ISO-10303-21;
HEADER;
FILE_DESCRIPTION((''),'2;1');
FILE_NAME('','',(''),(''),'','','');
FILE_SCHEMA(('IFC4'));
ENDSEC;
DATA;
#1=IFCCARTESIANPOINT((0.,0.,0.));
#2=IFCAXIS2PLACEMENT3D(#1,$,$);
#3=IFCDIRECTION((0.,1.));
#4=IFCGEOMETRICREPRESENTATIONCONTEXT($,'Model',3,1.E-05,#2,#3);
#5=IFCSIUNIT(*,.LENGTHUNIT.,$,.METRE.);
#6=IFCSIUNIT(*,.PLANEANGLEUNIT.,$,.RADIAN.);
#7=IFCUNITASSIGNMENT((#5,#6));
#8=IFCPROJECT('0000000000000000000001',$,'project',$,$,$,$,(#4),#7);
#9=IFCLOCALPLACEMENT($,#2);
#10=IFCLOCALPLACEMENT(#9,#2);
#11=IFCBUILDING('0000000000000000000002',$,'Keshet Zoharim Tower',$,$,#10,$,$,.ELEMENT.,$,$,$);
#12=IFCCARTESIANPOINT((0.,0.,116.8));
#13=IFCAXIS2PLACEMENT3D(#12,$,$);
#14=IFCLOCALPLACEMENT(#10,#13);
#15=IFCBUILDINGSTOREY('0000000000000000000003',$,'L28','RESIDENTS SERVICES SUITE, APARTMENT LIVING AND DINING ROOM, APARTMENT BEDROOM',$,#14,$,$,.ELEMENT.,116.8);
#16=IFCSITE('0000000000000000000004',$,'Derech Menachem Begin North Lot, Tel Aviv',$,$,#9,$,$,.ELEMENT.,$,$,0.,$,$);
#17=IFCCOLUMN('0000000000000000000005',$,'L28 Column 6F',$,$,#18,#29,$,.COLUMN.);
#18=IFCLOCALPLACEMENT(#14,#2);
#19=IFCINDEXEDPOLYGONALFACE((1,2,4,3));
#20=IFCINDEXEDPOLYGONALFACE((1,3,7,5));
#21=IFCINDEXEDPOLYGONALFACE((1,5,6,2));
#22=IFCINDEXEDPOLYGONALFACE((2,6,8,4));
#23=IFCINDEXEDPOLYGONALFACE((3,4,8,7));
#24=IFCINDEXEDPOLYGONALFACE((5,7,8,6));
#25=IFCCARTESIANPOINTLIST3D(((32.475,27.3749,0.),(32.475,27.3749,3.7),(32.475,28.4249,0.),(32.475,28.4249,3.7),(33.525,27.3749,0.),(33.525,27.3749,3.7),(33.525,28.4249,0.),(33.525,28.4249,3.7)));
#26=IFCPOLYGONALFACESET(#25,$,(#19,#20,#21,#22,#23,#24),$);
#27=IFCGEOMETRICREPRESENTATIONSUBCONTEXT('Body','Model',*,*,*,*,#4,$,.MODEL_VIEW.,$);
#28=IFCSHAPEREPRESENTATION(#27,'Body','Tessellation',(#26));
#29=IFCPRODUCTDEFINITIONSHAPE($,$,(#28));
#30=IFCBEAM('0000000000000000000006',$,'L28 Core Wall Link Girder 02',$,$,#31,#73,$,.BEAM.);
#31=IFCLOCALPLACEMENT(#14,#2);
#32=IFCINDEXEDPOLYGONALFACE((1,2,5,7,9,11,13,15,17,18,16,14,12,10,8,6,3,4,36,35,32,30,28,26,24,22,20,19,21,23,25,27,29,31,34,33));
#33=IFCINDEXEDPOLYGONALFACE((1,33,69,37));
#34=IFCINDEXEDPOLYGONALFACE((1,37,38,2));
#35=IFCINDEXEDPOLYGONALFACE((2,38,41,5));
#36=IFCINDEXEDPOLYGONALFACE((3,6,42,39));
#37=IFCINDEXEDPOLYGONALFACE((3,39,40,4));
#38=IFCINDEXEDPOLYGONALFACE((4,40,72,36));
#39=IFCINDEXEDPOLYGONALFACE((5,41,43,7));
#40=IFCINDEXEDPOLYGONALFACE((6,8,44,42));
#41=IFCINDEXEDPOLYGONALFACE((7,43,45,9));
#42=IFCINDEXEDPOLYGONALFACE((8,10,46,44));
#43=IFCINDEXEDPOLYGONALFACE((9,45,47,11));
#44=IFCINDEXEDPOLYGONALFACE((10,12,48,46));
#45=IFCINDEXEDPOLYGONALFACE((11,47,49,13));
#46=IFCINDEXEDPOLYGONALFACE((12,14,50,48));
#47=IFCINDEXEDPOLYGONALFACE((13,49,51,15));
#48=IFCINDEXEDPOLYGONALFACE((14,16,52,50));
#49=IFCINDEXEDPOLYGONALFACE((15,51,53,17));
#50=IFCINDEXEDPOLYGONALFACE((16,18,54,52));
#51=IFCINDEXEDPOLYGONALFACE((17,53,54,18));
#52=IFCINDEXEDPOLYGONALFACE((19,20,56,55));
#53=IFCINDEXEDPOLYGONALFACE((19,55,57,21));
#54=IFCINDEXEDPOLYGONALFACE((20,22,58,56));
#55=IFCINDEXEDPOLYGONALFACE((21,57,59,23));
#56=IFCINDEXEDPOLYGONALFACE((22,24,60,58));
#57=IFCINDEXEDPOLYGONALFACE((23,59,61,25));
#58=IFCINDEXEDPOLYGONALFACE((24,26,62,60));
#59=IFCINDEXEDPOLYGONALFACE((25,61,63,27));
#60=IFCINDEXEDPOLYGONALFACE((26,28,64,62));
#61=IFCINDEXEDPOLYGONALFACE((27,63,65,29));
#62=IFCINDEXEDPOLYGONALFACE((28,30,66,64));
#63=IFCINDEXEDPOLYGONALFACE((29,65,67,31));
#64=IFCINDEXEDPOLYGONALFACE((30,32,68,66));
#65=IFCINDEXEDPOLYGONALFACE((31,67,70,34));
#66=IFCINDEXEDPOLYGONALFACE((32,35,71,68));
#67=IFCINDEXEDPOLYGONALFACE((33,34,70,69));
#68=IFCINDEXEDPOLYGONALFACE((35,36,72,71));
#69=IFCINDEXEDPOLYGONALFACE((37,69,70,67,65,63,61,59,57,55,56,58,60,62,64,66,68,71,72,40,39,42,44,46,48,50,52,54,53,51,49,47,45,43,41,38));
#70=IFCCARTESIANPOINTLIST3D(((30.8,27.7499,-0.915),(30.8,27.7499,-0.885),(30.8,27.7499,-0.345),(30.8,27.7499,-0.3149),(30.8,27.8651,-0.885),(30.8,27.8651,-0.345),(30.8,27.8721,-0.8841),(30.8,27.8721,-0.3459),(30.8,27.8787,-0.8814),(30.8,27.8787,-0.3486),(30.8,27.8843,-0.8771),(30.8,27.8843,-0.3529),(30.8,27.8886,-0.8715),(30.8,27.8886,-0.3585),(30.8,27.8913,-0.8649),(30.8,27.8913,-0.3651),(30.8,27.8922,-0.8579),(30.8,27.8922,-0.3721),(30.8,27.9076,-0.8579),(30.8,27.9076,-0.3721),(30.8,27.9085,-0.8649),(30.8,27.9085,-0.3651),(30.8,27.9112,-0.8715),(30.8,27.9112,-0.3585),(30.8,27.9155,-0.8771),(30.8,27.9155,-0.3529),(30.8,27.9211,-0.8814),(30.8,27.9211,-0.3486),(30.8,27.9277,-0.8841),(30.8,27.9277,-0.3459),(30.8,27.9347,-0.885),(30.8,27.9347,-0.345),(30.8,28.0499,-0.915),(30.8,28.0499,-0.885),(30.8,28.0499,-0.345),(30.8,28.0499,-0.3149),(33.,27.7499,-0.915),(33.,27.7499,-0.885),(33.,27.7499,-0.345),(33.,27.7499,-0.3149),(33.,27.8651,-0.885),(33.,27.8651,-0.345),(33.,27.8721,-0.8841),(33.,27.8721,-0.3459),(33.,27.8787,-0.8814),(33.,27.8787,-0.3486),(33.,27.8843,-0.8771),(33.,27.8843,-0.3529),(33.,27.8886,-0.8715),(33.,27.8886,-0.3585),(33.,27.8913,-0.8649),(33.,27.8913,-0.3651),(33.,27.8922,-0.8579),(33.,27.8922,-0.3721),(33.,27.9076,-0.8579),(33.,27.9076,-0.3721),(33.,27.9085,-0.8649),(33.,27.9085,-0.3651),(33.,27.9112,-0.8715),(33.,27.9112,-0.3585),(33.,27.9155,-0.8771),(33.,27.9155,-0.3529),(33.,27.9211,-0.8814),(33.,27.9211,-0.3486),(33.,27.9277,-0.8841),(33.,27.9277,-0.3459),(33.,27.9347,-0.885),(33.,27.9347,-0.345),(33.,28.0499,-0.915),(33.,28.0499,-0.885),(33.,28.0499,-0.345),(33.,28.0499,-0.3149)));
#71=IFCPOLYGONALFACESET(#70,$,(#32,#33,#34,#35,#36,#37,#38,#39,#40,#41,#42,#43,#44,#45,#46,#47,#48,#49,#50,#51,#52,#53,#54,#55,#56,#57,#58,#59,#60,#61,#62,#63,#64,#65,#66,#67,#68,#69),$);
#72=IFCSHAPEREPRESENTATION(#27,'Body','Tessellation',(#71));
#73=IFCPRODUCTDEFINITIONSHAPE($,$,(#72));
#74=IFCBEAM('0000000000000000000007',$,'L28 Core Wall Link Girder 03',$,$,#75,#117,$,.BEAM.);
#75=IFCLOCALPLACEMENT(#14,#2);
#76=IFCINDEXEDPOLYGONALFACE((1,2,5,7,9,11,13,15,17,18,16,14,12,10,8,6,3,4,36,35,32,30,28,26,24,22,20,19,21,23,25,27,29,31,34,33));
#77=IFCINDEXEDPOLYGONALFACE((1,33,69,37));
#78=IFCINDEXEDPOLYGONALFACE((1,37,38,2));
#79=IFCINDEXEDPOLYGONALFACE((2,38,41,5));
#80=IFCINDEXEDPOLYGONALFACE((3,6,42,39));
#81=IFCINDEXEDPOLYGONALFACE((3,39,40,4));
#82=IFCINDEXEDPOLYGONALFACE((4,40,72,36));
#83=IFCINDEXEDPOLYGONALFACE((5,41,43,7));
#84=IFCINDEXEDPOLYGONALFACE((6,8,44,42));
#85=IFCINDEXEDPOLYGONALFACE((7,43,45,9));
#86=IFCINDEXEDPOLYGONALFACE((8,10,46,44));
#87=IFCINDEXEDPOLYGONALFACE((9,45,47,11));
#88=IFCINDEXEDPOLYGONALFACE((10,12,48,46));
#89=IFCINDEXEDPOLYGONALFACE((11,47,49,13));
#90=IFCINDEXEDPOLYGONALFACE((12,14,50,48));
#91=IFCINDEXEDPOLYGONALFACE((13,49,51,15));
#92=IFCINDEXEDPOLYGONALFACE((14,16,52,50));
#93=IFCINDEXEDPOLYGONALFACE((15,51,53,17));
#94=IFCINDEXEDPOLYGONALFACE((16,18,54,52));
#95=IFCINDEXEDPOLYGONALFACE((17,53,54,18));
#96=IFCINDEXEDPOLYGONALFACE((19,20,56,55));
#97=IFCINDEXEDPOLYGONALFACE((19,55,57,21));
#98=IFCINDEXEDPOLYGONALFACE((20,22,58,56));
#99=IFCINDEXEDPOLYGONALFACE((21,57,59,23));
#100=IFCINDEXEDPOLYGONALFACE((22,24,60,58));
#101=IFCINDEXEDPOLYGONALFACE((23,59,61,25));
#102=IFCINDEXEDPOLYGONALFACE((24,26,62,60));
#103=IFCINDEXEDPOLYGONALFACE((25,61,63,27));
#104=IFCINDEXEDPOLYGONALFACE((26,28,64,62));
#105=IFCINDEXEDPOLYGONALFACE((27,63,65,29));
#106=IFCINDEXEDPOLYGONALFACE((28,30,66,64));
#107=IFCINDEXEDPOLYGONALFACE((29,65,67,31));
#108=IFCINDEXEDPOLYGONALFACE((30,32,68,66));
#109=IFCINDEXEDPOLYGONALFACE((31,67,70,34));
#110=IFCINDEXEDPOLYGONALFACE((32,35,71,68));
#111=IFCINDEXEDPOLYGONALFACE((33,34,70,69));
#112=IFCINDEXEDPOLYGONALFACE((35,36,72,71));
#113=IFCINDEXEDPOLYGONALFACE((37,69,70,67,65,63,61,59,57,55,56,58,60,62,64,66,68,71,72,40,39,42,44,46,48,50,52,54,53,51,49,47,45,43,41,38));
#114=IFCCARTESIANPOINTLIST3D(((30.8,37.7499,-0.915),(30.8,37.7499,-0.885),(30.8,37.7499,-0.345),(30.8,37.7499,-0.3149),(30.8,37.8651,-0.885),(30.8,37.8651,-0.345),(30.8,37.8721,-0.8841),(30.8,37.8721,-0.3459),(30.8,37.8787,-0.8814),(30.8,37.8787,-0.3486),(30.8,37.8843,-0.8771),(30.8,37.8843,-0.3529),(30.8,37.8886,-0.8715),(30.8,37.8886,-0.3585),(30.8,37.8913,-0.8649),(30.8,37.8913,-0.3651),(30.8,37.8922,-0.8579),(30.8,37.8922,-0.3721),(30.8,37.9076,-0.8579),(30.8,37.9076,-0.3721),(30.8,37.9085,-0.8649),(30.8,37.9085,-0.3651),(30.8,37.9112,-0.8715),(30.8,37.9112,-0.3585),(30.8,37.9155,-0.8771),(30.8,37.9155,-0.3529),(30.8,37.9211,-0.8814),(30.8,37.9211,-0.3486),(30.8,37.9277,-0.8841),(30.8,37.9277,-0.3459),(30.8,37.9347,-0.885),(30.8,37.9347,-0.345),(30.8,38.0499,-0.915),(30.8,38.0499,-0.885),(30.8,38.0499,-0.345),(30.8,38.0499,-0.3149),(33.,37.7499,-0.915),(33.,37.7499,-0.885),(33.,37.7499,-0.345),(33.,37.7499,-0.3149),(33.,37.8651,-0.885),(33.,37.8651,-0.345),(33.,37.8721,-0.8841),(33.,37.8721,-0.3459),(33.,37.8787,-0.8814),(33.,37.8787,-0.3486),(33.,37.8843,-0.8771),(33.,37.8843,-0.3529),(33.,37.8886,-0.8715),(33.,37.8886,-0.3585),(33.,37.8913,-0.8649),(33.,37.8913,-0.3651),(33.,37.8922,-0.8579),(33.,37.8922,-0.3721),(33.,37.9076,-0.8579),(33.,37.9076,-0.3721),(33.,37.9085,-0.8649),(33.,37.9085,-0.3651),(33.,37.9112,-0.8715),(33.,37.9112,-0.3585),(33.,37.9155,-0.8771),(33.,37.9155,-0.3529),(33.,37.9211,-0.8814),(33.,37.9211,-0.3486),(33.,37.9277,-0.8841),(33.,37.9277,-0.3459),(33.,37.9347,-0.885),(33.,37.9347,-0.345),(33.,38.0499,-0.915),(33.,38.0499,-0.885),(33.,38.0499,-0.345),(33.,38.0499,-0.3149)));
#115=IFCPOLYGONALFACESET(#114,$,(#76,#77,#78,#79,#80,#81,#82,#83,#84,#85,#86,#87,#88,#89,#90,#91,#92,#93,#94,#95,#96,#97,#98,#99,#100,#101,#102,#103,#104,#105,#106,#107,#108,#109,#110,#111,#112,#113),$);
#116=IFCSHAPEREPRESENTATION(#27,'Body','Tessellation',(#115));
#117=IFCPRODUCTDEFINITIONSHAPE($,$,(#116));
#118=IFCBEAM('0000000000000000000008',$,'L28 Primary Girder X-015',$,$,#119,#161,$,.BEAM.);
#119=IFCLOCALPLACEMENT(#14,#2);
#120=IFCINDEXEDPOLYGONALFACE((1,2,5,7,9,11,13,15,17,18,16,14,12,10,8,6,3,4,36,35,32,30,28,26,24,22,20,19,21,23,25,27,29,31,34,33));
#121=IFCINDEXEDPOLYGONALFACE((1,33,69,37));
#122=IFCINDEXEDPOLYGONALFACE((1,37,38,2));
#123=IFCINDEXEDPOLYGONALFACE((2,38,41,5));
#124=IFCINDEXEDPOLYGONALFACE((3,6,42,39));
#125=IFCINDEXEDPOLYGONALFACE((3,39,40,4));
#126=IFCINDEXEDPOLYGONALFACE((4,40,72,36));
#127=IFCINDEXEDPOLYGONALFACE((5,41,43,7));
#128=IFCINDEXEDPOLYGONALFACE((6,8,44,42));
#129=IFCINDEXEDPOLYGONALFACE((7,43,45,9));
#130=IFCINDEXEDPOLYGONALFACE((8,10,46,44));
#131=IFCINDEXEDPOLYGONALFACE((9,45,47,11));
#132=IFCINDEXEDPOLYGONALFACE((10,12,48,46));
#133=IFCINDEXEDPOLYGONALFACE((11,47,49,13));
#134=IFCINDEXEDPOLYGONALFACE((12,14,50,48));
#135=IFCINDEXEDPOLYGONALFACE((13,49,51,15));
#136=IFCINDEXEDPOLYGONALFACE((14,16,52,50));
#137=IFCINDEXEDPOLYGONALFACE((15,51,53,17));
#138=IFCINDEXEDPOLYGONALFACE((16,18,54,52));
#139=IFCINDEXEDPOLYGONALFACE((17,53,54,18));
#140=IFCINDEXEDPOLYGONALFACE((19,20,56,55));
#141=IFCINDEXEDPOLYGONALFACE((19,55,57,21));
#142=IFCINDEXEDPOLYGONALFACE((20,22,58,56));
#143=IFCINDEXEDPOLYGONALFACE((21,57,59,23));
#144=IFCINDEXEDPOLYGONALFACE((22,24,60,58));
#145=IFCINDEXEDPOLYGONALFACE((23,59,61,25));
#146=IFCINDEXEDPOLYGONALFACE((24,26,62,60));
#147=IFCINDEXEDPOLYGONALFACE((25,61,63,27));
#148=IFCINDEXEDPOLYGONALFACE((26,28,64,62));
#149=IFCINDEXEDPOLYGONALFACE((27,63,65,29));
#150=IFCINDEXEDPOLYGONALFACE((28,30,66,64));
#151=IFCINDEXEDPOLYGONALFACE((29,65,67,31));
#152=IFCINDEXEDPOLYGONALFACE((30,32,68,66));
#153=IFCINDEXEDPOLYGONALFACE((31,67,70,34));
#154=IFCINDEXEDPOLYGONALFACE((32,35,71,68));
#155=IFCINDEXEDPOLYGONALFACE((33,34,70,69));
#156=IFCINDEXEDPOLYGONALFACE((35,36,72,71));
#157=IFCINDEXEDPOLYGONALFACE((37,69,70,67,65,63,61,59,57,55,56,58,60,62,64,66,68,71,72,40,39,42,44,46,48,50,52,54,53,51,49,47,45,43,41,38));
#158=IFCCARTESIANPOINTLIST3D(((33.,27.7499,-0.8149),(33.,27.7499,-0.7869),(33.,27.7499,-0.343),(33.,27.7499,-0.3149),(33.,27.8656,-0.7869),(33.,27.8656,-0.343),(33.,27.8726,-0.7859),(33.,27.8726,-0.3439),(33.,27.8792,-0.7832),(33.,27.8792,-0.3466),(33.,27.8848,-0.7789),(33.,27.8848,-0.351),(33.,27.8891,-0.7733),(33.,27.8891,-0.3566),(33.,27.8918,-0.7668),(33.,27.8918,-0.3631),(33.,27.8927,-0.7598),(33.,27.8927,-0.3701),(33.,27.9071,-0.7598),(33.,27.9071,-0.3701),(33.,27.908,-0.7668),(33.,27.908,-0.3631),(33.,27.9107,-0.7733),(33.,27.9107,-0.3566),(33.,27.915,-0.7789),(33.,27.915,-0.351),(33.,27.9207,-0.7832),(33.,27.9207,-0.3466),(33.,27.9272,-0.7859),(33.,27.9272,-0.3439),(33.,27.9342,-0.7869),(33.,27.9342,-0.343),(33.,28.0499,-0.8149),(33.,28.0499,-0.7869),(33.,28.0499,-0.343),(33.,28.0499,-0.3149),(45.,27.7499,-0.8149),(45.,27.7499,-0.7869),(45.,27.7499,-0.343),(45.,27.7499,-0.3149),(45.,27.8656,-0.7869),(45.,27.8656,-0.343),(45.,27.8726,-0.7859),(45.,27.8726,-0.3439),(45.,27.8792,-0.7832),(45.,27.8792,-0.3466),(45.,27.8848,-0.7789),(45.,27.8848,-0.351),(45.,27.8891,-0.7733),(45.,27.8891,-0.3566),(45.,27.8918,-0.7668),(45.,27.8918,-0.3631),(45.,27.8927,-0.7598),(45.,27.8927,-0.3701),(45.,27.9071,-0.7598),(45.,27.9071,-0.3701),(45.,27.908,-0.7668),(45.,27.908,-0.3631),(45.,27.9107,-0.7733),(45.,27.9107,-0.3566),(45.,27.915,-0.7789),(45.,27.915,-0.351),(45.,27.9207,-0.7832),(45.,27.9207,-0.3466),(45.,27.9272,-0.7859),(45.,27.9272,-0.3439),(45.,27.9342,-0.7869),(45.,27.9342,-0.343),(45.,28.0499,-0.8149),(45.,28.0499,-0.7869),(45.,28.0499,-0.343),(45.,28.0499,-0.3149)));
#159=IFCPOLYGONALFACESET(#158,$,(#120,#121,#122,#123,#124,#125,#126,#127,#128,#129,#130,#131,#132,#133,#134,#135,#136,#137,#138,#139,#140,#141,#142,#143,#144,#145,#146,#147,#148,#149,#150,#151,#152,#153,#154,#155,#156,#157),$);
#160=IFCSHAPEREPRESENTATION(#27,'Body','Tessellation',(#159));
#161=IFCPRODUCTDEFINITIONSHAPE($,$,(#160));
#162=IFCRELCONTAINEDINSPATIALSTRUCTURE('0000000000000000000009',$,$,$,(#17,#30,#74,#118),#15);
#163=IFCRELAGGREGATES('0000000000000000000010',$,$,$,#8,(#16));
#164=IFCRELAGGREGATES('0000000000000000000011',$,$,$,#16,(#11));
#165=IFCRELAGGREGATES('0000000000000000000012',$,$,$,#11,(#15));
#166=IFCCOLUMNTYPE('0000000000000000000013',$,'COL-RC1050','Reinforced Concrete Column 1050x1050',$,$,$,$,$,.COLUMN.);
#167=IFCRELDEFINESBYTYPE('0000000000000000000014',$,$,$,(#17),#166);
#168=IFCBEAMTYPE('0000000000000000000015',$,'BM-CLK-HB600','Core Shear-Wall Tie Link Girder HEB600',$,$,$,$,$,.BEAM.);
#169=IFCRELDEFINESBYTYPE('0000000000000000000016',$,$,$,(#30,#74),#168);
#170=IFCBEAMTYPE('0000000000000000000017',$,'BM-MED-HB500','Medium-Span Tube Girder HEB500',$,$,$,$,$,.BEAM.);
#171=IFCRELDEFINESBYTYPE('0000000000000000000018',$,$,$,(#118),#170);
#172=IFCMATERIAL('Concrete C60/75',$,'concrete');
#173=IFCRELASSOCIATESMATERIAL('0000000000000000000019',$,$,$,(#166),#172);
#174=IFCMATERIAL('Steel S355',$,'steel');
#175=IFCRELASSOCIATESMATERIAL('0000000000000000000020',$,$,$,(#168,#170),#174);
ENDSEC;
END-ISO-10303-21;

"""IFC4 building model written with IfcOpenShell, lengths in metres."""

from ifc_helpers import new_model, si_unit, direction, frame, origin, origin_2d, place, context, subcontext, project, spatial, rectangle, i_section, extrude, material, material_profile, profile_set, type_object, element, save


model = new_model("IFC4")

# Units and contexts
model_context = context("Model", 3, precision=1e-05, world=origin(), true_north=direction((0.0, 1.0)))
body_context = subcontext(model_context, "Body", "Model", "MODEL_VIEW")
ifc_project = project(units=[si_unit("LENGTHUNIT", "METRE"), si_unit("PLANEANGLEUNIT", "RADIAN")], contexts=[model_context])

# Site, building, storey
site_placement = place(None, origin())
site = spatial("IfcSite", under=ifc_project, at=site_placement, Name="Derech Menachem Begin North Lot, Tel Aviv", CompositionType="ELEMENT", RefElevation=0.0)
building_placement = place(site_placement, origin())
building = spatial("IfcBuilding", under=site, at=building_placement, Name="Keshet Zoharim Tower", CompositionType="ELEMENT")
storey_placement = place(building_placement, frame((0.0, 0.0, 116.8)))
storey = spatial("IfcBuildingStorey", under=building, at=storey_placement, Name="L28", Description="RESIDENTS SERVICES SUITE, APARTMENT LIVING AND DINING ROOM, APARTMENT BEDROOM", CompositionType="ELEMENT", Elevation=116.8)

# Column
ifc_material_1 = material(Name="Concrete C60/75", Category="concrete")
ifc_material_profile_1 = material_profile(ifc_material_1, rectangle(XDim=1.05, YDim=1.05, at=origin_2d()), Name="RC1050x1050")
ifc_profile_set_1 = profile_set([ifc_material_profile_1], Name="Concrete C60/75")
column_type = type_object("IfcColumnType", Name="COL-RC1050", Description="Reinforced Concrete Column 1050x1050", PredefinedType="COLUMN", material=ifc_profile_set_1)
column_placement = place(storey_placement, frame((33.0, 27.8999, 0.0), z_axis=(0.0, 0.0, 1.0), x_axis=(1.0, 0.0, 0.0)))
element("IfcColumn", 1, at=column_placement, inside=storey, type_object=column_type, Name="L28 Column 6F", PredefinedType="COLUMN", context=body_context, shape_type="SweptSolid", body=[
    extrude(rectangle(XDim=1.05, YDim=1.05, at=origin_2d()), origin(), (0.0, 0.0, 1.0), 3.7),
])

# Beams
ifc_material_2 = material(Name="Steel S355", Category="steel")
ifc_material_profile_2 = material_profile(ifc_material_2, i_section(OverallWidth=0.3, OverallDepth=0.6001, WebThickness=0.0154, FlangeThickness=0.03, FilletRadius=0.0271, at=origin_2d()), Name="HEB600")
ifc_profile_set_2 = profile_set([ifc_material_profile_2], Name="Steel S355")
beam_type_1 = type_object("IfcBeamType", Name="BM-CLK-HB600", Description="Core Shear-Wall Tie Link Girder HEB600", PredefinedType="BEAM", material=ifc_profile_set_2)
for number, where, z_axis, x_axis, name in (
    (2, (30.8, 27.8999, -0.615), (1.0, 0.0, 0.0), (0.0, 1.0, 0.0), "L28 Core Wall Link Girder 02"),
    (3, (30.8, 37.8999, -0.615), (1.0, 0.0, 0.0), (0.0, 1.0, 0.0), "L28 Core Wall Link Girder 03"),
):
    element("IfcBeam", number, at=place(storey_placement, frame(where, z_axis=z_axis, x_axis=x_axis)), inside=storey, type_object=beam_type_1, Name=name, PredefinedType="BEAM", context=body_context, shape_type="SweptSolid", body=[
        extrude(i_section(OverallWidth=0.3, OverallDepth=0.6001, WebThickness=0.0154, FlangeThickness=0.03, FilletRadius=0.0271, at=origin_2d()), origin(), (0.0, 0.0, 1.0), 2.2),
    ])
ifc_material_profile_3 = material_profile(ifc_material_2, i_section(OverallWidth=0.3, OverallDepth=0.5, WebThickness=0.0144, FlangeThickness=0.0281, FilletRadius=0.0271, at=origin_2d()), Name="HEB500")
ifc_profile_set_3 = profile_set([ifc_material_profile_3], Name="Steel S355")
beam_type_2 = type_object("IfcBeamType", Name="BM-MED-HB500", Description="Medium-Span Tube Girder HEB500", PredefinedType="BEAM", material=ifc_profile_set_3)
beam_1_placement = place(storey_placement, frame((33.0, 27.8999, -0.5649), z_axis=(1.0, 0.0, 0.0), x_axis=(0.0, 1.0, 0.0)))
element("IfcBeam", 4, at=beam_1_placement, inside=storey, type_object=beam_type_2, Name="L28 Primary Girder X-015", PredefinedType="BEAM", context=body_context, shape_type="SweptSolid", body=[
    extrude(i_section(OverallWidth=0.3, OverallDepth=0.5, WebThickness=0.0144, FlangeThickness=0.0281, FilletRadius=0.0271, at=origin_2d()), origin(), (0.0, 0.0, 1.0), 12.0),
])

save(model, "model.ifc")
